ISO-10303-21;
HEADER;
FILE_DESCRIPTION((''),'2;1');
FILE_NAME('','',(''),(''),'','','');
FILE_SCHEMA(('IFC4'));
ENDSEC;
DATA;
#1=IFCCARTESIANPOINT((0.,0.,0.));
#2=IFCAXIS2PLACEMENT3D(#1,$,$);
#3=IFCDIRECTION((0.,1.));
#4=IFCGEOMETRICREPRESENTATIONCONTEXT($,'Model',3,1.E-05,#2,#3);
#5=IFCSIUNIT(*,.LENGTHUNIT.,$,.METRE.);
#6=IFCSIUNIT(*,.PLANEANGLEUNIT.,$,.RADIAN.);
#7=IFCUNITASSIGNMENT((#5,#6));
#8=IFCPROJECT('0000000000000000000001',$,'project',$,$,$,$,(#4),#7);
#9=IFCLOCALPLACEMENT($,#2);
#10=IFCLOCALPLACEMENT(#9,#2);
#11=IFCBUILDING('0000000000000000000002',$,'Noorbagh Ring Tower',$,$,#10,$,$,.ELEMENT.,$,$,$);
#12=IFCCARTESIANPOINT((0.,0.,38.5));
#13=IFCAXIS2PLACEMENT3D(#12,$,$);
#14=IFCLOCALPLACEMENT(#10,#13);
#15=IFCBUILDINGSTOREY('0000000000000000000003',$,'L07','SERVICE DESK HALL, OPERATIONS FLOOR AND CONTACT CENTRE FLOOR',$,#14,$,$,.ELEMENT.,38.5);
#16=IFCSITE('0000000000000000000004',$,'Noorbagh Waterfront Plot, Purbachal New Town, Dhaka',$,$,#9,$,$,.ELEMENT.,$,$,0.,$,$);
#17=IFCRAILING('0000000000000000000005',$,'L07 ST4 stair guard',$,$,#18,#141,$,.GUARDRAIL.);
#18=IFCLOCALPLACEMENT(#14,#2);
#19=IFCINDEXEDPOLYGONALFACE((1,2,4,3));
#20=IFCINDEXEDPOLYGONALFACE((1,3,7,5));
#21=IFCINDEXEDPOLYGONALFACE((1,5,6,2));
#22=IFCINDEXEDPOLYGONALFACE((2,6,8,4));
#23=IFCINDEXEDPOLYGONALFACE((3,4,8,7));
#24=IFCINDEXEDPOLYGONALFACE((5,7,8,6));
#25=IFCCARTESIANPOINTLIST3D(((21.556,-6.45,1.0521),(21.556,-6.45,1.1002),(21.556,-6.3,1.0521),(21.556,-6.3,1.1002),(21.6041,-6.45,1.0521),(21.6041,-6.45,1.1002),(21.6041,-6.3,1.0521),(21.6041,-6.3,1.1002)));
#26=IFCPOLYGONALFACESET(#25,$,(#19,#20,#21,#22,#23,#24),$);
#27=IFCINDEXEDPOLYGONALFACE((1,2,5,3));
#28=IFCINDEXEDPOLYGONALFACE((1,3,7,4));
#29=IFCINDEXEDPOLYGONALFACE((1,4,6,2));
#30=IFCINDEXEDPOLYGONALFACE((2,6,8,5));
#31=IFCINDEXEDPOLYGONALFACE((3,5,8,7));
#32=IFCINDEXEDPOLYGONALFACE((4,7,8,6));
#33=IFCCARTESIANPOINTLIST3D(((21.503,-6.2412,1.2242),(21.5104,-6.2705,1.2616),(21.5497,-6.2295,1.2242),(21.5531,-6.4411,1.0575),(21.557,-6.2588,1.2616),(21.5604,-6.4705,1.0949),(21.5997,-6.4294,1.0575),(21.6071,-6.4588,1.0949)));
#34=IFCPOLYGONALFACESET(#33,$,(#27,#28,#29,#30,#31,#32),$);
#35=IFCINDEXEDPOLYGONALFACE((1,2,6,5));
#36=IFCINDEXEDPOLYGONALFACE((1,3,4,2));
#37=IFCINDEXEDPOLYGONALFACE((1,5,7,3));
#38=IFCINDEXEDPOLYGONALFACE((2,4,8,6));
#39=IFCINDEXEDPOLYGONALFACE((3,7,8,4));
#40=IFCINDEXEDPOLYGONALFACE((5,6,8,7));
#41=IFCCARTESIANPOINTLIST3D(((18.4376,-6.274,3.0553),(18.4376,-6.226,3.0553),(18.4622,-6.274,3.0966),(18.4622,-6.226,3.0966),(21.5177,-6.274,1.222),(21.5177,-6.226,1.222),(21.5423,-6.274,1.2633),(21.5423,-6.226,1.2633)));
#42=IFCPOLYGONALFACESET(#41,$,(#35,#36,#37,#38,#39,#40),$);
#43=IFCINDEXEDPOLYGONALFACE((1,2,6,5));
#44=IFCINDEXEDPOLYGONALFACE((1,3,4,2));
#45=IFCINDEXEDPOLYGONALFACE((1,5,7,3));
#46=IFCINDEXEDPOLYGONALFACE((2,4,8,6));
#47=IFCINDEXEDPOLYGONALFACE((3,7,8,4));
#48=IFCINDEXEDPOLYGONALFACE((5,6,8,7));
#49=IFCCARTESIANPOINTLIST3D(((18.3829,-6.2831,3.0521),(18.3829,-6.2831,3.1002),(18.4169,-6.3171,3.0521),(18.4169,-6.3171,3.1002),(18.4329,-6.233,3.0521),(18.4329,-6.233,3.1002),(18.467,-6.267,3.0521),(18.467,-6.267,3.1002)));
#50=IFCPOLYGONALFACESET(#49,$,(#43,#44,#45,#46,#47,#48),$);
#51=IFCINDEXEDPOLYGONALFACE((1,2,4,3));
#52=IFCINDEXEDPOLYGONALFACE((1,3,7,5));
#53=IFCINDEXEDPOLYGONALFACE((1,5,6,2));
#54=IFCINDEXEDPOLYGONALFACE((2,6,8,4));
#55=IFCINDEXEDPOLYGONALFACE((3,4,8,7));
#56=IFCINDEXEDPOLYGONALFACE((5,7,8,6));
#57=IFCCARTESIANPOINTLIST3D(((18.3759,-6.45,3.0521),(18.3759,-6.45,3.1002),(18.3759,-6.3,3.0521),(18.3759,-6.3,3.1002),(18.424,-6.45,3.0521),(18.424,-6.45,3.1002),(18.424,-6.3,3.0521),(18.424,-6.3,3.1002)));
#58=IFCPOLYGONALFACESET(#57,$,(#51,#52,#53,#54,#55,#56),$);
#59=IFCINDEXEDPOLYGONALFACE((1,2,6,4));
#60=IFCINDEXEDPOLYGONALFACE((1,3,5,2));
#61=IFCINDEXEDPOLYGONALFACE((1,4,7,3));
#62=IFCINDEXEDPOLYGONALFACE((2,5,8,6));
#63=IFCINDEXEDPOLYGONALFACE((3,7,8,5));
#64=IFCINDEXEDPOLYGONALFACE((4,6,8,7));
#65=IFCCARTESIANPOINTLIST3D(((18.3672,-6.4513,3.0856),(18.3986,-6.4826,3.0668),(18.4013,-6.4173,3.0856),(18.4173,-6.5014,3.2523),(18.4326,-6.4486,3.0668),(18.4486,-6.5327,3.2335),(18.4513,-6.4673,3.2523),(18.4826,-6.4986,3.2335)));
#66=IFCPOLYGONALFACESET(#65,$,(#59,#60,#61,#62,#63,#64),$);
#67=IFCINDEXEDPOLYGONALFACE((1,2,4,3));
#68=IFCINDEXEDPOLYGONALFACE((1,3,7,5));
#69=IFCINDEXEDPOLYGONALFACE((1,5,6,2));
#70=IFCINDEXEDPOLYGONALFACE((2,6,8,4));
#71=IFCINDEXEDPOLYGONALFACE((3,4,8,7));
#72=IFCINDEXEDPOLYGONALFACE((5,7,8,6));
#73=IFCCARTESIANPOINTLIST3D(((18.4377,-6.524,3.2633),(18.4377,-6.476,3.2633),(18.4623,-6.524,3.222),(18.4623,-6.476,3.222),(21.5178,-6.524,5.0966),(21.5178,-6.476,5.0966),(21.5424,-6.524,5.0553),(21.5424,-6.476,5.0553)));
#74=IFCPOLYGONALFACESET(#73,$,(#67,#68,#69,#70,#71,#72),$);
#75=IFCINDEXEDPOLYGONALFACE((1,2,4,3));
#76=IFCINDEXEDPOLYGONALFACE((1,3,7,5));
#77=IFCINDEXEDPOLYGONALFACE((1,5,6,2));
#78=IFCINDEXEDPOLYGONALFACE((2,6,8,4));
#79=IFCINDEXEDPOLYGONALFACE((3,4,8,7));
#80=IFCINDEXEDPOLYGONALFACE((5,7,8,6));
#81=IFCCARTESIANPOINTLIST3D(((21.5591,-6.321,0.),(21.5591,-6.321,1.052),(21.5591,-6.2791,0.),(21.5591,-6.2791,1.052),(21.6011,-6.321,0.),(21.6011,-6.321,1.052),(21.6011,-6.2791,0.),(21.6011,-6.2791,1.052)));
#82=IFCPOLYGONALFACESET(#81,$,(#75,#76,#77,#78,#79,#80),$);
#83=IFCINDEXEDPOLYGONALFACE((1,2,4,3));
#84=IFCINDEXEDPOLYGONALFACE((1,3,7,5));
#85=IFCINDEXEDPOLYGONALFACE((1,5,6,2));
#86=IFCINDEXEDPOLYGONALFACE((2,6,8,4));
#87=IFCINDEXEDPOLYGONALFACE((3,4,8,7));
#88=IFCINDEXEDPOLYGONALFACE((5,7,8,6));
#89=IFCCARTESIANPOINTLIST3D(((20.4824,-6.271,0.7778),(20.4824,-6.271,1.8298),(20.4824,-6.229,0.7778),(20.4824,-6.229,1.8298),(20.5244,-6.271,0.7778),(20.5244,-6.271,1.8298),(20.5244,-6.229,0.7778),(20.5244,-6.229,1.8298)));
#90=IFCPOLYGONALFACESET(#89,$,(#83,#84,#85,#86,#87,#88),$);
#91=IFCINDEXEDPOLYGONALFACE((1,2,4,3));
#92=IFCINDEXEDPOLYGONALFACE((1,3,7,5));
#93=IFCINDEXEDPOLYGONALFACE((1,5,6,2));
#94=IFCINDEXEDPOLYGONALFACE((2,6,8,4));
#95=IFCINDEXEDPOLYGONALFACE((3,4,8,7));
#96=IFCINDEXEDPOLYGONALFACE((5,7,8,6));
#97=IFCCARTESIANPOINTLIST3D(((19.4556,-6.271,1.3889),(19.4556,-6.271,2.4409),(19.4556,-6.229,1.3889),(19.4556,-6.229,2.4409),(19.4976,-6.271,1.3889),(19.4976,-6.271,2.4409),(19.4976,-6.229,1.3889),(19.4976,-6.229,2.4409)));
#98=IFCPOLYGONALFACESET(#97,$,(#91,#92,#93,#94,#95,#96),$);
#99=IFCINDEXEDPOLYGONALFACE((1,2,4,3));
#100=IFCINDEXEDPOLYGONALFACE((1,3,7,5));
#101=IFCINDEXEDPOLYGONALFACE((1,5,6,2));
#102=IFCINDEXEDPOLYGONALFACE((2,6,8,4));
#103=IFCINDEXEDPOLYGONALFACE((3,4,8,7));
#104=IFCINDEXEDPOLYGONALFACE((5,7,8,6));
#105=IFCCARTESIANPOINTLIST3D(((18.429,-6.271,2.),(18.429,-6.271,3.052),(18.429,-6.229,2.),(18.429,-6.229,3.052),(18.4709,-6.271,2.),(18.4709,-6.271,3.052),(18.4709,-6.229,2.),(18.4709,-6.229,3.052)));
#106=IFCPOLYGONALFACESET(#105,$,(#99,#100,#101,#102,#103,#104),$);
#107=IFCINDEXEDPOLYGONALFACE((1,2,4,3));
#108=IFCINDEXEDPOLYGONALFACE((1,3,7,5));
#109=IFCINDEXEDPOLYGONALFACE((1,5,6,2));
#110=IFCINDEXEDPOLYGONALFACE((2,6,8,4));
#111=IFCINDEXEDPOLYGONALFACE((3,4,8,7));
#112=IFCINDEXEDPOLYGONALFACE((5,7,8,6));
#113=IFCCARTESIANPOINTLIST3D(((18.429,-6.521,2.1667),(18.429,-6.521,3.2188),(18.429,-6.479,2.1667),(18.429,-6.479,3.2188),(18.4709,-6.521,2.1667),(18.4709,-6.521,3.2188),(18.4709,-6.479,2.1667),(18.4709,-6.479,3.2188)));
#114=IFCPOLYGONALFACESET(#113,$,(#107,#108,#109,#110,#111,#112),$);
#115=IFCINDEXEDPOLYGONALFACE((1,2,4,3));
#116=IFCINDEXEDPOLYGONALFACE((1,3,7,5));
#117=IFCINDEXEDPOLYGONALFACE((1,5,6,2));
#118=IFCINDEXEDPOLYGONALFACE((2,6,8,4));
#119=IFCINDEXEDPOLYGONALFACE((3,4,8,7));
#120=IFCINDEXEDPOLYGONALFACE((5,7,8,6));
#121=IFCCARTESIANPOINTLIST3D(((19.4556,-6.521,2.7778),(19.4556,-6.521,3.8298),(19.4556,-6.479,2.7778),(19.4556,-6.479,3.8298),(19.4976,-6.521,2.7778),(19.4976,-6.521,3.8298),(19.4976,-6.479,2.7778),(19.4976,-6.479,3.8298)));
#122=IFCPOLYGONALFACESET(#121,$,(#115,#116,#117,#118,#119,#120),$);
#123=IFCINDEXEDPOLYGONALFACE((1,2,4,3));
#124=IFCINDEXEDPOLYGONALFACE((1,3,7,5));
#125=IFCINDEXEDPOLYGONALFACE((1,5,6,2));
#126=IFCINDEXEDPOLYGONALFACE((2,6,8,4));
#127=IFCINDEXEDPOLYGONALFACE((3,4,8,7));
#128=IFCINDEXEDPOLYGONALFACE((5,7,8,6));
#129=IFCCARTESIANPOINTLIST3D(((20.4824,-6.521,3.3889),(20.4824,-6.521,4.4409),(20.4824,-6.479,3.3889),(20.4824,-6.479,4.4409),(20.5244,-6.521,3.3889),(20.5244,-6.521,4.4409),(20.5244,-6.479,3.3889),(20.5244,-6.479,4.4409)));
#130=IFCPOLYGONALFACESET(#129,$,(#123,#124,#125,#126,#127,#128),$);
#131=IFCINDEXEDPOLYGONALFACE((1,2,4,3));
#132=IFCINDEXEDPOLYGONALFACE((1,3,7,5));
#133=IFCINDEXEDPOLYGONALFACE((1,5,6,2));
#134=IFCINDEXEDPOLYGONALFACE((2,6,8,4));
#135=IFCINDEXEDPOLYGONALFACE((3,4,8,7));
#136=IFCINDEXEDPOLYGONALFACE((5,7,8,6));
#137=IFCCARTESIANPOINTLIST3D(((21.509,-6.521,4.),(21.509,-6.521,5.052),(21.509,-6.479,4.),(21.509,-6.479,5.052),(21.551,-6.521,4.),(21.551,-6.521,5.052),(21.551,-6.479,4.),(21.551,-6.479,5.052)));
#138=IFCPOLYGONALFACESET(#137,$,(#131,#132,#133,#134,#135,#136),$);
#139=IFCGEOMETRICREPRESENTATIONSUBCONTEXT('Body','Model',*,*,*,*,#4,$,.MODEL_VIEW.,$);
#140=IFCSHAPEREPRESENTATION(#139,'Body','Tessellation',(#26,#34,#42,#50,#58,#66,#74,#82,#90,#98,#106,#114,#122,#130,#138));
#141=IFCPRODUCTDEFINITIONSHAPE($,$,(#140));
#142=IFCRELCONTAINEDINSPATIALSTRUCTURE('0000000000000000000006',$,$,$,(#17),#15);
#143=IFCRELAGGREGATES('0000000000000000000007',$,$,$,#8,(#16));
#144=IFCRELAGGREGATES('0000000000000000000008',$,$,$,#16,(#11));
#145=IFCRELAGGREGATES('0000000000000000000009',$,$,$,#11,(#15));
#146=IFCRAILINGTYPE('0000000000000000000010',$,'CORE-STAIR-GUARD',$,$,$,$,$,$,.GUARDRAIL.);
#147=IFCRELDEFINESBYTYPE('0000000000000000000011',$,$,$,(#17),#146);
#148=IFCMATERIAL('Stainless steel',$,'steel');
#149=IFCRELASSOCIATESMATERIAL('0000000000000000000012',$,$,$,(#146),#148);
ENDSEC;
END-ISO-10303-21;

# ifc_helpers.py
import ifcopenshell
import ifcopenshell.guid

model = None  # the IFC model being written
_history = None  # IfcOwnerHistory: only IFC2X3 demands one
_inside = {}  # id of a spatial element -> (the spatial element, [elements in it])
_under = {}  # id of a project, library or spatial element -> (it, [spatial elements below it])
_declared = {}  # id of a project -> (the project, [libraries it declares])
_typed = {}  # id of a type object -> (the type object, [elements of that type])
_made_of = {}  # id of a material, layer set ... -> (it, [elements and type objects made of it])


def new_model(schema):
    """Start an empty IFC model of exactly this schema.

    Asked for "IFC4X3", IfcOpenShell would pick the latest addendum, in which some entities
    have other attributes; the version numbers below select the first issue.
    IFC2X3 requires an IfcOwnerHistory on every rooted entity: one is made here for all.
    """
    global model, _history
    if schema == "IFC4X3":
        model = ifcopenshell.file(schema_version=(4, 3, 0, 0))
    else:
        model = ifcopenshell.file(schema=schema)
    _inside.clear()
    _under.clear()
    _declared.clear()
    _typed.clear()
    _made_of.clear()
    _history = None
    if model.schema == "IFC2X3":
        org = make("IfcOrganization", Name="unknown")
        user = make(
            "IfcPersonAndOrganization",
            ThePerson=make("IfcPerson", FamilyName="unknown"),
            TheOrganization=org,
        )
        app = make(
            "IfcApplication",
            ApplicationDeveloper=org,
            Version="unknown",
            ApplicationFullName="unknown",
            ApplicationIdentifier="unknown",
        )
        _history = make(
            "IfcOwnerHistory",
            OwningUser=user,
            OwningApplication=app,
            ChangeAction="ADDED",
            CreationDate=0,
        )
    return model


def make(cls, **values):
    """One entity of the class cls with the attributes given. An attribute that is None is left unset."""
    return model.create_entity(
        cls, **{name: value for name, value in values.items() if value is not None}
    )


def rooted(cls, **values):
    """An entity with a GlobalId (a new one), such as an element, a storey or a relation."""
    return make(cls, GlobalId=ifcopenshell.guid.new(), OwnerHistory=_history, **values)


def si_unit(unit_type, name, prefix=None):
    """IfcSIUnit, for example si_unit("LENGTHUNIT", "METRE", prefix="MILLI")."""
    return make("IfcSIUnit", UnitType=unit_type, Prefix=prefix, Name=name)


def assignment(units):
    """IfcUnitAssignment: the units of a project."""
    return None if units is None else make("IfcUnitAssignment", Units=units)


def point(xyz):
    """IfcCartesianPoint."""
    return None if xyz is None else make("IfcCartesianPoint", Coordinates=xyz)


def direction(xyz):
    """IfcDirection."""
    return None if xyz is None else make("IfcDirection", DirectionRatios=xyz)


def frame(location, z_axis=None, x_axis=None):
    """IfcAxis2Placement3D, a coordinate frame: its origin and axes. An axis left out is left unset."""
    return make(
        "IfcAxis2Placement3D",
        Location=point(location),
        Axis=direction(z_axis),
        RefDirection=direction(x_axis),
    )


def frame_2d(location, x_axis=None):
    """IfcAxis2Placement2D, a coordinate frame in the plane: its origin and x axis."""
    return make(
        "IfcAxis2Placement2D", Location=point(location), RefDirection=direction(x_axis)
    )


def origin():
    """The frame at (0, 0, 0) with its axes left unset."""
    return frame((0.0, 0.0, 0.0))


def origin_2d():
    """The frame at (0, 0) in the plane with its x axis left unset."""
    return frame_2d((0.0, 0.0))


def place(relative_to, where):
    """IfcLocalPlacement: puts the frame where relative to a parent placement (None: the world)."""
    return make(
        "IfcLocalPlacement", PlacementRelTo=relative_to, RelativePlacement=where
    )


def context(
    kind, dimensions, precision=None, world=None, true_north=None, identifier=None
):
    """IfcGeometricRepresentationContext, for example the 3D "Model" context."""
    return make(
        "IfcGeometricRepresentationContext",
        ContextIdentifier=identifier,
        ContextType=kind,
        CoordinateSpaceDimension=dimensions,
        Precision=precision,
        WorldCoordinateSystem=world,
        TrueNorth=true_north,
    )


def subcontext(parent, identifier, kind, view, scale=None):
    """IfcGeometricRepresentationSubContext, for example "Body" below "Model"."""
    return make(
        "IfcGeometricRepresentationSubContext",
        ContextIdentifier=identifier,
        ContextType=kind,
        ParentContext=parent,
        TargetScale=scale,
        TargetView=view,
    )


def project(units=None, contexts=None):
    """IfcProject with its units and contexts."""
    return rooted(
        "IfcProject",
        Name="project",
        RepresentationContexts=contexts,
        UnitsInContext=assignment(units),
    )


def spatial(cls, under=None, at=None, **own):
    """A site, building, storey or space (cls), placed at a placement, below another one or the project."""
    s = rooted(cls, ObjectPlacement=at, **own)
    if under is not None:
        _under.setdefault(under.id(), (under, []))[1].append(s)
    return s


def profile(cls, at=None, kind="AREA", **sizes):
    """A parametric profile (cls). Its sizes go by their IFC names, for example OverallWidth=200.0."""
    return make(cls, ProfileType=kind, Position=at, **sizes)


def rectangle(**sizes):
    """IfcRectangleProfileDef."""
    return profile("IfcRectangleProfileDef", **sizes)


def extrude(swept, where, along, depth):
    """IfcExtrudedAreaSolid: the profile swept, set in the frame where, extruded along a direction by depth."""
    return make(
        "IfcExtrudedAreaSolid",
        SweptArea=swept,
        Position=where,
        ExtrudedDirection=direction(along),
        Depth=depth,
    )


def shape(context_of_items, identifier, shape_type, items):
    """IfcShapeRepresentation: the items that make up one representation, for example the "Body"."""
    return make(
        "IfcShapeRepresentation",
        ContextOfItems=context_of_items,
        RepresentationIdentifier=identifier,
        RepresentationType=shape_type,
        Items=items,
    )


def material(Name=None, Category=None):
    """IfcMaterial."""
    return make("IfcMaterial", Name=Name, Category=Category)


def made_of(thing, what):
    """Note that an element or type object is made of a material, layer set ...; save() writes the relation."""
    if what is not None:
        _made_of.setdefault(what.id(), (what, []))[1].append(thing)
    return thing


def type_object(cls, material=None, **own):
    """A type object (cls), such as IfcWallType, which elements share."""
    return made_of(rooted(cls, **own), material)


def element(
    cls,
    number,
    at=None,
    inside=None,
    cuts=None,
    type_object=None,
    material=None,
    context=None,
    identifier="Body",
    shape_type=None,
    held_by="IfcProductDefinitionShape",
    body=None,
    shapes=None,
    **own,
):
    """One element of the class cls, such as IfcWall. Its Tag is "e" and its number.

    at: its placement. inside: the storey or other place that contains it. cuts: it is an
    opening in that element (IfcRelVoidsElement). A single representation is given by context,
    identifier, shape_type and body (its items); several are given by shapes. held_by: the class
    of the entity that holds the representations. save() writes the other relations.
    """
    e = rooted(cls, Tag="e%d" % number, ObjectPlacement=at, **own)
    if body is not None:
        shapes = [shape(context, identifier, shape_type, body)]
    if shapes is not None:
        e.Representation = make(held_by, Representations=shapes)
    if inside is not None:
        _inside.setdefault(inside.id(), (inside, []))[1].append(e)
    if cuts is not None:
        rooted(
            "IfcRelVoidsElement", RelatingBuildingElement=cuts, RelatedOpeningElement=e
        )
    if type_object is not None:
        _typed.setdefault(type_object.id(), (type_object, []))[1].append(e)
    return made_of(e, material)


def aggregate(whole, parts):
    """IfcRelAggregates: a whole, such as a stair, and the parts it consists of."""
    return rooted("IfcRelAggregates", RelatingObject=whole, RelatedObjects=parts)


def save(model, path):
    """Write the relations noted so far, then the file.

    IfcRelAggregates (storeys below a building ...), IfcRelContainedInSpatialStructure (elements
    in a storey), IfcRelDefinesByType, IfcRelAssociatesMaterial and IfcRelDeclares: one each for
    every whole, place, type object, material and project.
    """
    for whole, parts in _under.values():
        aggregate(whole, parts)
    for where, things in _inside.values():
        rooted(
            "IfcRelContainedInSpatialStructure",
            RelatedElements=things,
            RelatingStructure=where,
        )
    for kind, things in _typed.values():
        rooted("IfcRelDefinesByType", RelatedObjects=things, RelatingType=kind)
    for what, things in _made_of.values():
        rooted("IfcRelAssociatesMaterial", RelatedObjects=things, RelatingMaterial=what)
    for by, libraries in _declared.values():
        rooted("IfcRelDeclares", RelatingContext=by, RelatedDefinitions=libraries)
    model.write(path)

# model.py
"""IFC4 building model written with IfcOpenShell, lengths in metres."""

from ifc_helpers import new_model, si_unit, direction, frame, origin, origin_2d, place, context, subcontext, project, spatial, rectangle, extrude, material, type_object, element, save


model = new_model("IFC4")

# Units and contexts
model_context = context("Model", 3, precision=1e-05, world=origin(), true_north=direction((0.0, 1.0)))
body_context = subcontext(model_context, "Body", "Model", "MODEL_VIEW")
ifc_project = project(units=[si_unit("LENGTHUNIT", "METRE"), si_unit("PLANEANGLEUNIT", "RADIAN")], contexts=[model_context])

# Site, building, storey
site_placement = place(None, origin())
site = spatial("IfcSite", under=ifc_project, at=site_placement, Name="Noorbagh Waterfront Plot, Purbachal New Town, Dhaka", CompositionType="ELEMENT", RefElevation=0.0)
building_placement = place(site_placement, origin())
building = spatial("IfcBuilding", under=site, at=building_placement, Name="Noorbagh Ring Tower", CompositionType="ELEMENT")
storey_placement = place(building_placement, frame((0.0, 0.0, 38.5)))
storey = spatial("IfcBuildingStorey", under=building, at=storey_placement, Name="L07", Description="SERVICE DESK HALL, OPERATIONS FLOOR AND CONTACT CENTRE FLOOR", CompositionType="ELEMENT", Elevation=38.5)

# Railing
ifc_material_1 = material(Name="Stainless steel", Category="steel")
railing_type_1 = type_object("IfcRailingType", Name="CORE-STAIR-GUARD", PredefinedType="GUARDRAIL", material=ifc_material_1)
railing_1_placement = place(storey_placement, frame((21.5801, -6.3, 0.0)))
element("IfcRailing", 1, at=railing_1_placement, inside=storey, type_object=railing_type_1, Name="L07 ST4 stair guard", PredefinedType="GUARDRAIL", context=body_context, shape_type="SweptSolid", body=[
    extrude(rectangle(XDim=0.0481, YDim=0.0481, at=origin_2d()), frame((0.0, 0.0, 1.0762), z_axis=(0.0, -1.0, 0.0), x_axis=(1.0, 0.0, 0.0)), (0.0, 0.0, 1.0), 0.1499),
    extrude(rectangle(XDim=0.0481, YDim=0.0481, at=origin_2d()), frame((0.0, -0.1499, 1.0762), z_axis=(-0.188776, 0.754182, 0.628946), x_axis=(-0.970073, -0.242814, 0.0)), (0.0, 0.0, 1.0), 0.2651),
    extrude(rectangle(XDim=0.0481, YDim=0.0481, at=origin_2d()), frame((-0.05, 0.05, 1.2427), z_axis=(-0.859309, 0.0, 0.511458), x_axis=(0.0, -1.0, 0.0)), (0.0, 0.0, 1.0), 3.5845),
    extrude(rectangle(XDim=0.0481, YDim=0.0481, at=origin_2d()), frame((-3.1301, 0.05, 3.0762), z_axis=(-0.707107, -0.707107, 0.0), x_axis=(0.707107, -0.707107, 0.0)), (0.0, 0.0, 1.0), 0.0708),
    extrude(rectangle(XDim=0.0481, YDim=0.0481, at=origin_2d()), frame((-3.1802, 0.0, 3.0762), z_axis=(0.0, -1.0, 0.0), x_axis=(1.0, 0.0, 0.0)), (0.0, 0.0, 1.0), 0.1499),
    extrude(rectangle(XDim=0.0481, YDim=0.0481, at=origin_2d()), frame((-3.1802, -0.1499, 3.0762), z_axis=(0.276287, -0.276287, 0.920506), x_axis=(0.707107, 0.707107, 0.0)), (0.0, 0.0, 1.0), 0.1812),
    extrude(rectangle(XDim=0.0481, YDim=0.0481, at=origin_2d()), frame((-3.1301, -0.2, 3.2427), z_axis=(0.859309, 0.0, 0.511458), x_axis=(0.0, 1.0, 0.0)), (0.0, 0.0, 1.0), 3.5845),
    extrude(rectangle(XDim=0.042, YDim=0.042, at=origin_2d()), origin(), (0.0, 0.0, 1.0), 1.052),
    extrude(rectangle(XDim=0.042, YDim=0.042, at=origin_2d()), frame((-1.0767, 0.05, 0.7778)), (0.0, 0.0, 1.0), 1.052),
    extrude(rectangle(XDim=0.042, YDim=0.042, at=origin_2d()), frame((-2.1035, 0.05, 1.3889)), (0.0, 0.0, 1.0), 1.052),
    extrude(rectangle(XDim=0.042, YDim=0.042, at=origin_2d()), frame((-3.1301, 0.05, 2.0)), (0.0, 0.0, 1.0), 1.052),
    extrude(rectangle(XDim=0.042, YDim=0.042, at=origin_2d()), frame((-3.1301, -0.2, 2.1667)), (0.0, 0.0, 1.0), 1.052),
    extrude(rectangle(XDim=0.042, YDim=0.042, at=origin_2d()), frame((-2.1035, -0.2, 2.7778)), (0.0, 0.0, 1.0), 1.052),
    extrude(rectangle(XDim=0.042, YDim=0.042, at=origin_2d()), frame((-1.0767, -0.2, 3.3889)), (0.0, 0.0, 1.0), 1.052),
    extrude(rectangle(XDim=0.042, YDim=0.042, at=origin_2d()), frame((-0.05, -0.2, 4.0)), (0.0, 0.0, 1.0), 1.052),
])

save(model, "model.ifc")
